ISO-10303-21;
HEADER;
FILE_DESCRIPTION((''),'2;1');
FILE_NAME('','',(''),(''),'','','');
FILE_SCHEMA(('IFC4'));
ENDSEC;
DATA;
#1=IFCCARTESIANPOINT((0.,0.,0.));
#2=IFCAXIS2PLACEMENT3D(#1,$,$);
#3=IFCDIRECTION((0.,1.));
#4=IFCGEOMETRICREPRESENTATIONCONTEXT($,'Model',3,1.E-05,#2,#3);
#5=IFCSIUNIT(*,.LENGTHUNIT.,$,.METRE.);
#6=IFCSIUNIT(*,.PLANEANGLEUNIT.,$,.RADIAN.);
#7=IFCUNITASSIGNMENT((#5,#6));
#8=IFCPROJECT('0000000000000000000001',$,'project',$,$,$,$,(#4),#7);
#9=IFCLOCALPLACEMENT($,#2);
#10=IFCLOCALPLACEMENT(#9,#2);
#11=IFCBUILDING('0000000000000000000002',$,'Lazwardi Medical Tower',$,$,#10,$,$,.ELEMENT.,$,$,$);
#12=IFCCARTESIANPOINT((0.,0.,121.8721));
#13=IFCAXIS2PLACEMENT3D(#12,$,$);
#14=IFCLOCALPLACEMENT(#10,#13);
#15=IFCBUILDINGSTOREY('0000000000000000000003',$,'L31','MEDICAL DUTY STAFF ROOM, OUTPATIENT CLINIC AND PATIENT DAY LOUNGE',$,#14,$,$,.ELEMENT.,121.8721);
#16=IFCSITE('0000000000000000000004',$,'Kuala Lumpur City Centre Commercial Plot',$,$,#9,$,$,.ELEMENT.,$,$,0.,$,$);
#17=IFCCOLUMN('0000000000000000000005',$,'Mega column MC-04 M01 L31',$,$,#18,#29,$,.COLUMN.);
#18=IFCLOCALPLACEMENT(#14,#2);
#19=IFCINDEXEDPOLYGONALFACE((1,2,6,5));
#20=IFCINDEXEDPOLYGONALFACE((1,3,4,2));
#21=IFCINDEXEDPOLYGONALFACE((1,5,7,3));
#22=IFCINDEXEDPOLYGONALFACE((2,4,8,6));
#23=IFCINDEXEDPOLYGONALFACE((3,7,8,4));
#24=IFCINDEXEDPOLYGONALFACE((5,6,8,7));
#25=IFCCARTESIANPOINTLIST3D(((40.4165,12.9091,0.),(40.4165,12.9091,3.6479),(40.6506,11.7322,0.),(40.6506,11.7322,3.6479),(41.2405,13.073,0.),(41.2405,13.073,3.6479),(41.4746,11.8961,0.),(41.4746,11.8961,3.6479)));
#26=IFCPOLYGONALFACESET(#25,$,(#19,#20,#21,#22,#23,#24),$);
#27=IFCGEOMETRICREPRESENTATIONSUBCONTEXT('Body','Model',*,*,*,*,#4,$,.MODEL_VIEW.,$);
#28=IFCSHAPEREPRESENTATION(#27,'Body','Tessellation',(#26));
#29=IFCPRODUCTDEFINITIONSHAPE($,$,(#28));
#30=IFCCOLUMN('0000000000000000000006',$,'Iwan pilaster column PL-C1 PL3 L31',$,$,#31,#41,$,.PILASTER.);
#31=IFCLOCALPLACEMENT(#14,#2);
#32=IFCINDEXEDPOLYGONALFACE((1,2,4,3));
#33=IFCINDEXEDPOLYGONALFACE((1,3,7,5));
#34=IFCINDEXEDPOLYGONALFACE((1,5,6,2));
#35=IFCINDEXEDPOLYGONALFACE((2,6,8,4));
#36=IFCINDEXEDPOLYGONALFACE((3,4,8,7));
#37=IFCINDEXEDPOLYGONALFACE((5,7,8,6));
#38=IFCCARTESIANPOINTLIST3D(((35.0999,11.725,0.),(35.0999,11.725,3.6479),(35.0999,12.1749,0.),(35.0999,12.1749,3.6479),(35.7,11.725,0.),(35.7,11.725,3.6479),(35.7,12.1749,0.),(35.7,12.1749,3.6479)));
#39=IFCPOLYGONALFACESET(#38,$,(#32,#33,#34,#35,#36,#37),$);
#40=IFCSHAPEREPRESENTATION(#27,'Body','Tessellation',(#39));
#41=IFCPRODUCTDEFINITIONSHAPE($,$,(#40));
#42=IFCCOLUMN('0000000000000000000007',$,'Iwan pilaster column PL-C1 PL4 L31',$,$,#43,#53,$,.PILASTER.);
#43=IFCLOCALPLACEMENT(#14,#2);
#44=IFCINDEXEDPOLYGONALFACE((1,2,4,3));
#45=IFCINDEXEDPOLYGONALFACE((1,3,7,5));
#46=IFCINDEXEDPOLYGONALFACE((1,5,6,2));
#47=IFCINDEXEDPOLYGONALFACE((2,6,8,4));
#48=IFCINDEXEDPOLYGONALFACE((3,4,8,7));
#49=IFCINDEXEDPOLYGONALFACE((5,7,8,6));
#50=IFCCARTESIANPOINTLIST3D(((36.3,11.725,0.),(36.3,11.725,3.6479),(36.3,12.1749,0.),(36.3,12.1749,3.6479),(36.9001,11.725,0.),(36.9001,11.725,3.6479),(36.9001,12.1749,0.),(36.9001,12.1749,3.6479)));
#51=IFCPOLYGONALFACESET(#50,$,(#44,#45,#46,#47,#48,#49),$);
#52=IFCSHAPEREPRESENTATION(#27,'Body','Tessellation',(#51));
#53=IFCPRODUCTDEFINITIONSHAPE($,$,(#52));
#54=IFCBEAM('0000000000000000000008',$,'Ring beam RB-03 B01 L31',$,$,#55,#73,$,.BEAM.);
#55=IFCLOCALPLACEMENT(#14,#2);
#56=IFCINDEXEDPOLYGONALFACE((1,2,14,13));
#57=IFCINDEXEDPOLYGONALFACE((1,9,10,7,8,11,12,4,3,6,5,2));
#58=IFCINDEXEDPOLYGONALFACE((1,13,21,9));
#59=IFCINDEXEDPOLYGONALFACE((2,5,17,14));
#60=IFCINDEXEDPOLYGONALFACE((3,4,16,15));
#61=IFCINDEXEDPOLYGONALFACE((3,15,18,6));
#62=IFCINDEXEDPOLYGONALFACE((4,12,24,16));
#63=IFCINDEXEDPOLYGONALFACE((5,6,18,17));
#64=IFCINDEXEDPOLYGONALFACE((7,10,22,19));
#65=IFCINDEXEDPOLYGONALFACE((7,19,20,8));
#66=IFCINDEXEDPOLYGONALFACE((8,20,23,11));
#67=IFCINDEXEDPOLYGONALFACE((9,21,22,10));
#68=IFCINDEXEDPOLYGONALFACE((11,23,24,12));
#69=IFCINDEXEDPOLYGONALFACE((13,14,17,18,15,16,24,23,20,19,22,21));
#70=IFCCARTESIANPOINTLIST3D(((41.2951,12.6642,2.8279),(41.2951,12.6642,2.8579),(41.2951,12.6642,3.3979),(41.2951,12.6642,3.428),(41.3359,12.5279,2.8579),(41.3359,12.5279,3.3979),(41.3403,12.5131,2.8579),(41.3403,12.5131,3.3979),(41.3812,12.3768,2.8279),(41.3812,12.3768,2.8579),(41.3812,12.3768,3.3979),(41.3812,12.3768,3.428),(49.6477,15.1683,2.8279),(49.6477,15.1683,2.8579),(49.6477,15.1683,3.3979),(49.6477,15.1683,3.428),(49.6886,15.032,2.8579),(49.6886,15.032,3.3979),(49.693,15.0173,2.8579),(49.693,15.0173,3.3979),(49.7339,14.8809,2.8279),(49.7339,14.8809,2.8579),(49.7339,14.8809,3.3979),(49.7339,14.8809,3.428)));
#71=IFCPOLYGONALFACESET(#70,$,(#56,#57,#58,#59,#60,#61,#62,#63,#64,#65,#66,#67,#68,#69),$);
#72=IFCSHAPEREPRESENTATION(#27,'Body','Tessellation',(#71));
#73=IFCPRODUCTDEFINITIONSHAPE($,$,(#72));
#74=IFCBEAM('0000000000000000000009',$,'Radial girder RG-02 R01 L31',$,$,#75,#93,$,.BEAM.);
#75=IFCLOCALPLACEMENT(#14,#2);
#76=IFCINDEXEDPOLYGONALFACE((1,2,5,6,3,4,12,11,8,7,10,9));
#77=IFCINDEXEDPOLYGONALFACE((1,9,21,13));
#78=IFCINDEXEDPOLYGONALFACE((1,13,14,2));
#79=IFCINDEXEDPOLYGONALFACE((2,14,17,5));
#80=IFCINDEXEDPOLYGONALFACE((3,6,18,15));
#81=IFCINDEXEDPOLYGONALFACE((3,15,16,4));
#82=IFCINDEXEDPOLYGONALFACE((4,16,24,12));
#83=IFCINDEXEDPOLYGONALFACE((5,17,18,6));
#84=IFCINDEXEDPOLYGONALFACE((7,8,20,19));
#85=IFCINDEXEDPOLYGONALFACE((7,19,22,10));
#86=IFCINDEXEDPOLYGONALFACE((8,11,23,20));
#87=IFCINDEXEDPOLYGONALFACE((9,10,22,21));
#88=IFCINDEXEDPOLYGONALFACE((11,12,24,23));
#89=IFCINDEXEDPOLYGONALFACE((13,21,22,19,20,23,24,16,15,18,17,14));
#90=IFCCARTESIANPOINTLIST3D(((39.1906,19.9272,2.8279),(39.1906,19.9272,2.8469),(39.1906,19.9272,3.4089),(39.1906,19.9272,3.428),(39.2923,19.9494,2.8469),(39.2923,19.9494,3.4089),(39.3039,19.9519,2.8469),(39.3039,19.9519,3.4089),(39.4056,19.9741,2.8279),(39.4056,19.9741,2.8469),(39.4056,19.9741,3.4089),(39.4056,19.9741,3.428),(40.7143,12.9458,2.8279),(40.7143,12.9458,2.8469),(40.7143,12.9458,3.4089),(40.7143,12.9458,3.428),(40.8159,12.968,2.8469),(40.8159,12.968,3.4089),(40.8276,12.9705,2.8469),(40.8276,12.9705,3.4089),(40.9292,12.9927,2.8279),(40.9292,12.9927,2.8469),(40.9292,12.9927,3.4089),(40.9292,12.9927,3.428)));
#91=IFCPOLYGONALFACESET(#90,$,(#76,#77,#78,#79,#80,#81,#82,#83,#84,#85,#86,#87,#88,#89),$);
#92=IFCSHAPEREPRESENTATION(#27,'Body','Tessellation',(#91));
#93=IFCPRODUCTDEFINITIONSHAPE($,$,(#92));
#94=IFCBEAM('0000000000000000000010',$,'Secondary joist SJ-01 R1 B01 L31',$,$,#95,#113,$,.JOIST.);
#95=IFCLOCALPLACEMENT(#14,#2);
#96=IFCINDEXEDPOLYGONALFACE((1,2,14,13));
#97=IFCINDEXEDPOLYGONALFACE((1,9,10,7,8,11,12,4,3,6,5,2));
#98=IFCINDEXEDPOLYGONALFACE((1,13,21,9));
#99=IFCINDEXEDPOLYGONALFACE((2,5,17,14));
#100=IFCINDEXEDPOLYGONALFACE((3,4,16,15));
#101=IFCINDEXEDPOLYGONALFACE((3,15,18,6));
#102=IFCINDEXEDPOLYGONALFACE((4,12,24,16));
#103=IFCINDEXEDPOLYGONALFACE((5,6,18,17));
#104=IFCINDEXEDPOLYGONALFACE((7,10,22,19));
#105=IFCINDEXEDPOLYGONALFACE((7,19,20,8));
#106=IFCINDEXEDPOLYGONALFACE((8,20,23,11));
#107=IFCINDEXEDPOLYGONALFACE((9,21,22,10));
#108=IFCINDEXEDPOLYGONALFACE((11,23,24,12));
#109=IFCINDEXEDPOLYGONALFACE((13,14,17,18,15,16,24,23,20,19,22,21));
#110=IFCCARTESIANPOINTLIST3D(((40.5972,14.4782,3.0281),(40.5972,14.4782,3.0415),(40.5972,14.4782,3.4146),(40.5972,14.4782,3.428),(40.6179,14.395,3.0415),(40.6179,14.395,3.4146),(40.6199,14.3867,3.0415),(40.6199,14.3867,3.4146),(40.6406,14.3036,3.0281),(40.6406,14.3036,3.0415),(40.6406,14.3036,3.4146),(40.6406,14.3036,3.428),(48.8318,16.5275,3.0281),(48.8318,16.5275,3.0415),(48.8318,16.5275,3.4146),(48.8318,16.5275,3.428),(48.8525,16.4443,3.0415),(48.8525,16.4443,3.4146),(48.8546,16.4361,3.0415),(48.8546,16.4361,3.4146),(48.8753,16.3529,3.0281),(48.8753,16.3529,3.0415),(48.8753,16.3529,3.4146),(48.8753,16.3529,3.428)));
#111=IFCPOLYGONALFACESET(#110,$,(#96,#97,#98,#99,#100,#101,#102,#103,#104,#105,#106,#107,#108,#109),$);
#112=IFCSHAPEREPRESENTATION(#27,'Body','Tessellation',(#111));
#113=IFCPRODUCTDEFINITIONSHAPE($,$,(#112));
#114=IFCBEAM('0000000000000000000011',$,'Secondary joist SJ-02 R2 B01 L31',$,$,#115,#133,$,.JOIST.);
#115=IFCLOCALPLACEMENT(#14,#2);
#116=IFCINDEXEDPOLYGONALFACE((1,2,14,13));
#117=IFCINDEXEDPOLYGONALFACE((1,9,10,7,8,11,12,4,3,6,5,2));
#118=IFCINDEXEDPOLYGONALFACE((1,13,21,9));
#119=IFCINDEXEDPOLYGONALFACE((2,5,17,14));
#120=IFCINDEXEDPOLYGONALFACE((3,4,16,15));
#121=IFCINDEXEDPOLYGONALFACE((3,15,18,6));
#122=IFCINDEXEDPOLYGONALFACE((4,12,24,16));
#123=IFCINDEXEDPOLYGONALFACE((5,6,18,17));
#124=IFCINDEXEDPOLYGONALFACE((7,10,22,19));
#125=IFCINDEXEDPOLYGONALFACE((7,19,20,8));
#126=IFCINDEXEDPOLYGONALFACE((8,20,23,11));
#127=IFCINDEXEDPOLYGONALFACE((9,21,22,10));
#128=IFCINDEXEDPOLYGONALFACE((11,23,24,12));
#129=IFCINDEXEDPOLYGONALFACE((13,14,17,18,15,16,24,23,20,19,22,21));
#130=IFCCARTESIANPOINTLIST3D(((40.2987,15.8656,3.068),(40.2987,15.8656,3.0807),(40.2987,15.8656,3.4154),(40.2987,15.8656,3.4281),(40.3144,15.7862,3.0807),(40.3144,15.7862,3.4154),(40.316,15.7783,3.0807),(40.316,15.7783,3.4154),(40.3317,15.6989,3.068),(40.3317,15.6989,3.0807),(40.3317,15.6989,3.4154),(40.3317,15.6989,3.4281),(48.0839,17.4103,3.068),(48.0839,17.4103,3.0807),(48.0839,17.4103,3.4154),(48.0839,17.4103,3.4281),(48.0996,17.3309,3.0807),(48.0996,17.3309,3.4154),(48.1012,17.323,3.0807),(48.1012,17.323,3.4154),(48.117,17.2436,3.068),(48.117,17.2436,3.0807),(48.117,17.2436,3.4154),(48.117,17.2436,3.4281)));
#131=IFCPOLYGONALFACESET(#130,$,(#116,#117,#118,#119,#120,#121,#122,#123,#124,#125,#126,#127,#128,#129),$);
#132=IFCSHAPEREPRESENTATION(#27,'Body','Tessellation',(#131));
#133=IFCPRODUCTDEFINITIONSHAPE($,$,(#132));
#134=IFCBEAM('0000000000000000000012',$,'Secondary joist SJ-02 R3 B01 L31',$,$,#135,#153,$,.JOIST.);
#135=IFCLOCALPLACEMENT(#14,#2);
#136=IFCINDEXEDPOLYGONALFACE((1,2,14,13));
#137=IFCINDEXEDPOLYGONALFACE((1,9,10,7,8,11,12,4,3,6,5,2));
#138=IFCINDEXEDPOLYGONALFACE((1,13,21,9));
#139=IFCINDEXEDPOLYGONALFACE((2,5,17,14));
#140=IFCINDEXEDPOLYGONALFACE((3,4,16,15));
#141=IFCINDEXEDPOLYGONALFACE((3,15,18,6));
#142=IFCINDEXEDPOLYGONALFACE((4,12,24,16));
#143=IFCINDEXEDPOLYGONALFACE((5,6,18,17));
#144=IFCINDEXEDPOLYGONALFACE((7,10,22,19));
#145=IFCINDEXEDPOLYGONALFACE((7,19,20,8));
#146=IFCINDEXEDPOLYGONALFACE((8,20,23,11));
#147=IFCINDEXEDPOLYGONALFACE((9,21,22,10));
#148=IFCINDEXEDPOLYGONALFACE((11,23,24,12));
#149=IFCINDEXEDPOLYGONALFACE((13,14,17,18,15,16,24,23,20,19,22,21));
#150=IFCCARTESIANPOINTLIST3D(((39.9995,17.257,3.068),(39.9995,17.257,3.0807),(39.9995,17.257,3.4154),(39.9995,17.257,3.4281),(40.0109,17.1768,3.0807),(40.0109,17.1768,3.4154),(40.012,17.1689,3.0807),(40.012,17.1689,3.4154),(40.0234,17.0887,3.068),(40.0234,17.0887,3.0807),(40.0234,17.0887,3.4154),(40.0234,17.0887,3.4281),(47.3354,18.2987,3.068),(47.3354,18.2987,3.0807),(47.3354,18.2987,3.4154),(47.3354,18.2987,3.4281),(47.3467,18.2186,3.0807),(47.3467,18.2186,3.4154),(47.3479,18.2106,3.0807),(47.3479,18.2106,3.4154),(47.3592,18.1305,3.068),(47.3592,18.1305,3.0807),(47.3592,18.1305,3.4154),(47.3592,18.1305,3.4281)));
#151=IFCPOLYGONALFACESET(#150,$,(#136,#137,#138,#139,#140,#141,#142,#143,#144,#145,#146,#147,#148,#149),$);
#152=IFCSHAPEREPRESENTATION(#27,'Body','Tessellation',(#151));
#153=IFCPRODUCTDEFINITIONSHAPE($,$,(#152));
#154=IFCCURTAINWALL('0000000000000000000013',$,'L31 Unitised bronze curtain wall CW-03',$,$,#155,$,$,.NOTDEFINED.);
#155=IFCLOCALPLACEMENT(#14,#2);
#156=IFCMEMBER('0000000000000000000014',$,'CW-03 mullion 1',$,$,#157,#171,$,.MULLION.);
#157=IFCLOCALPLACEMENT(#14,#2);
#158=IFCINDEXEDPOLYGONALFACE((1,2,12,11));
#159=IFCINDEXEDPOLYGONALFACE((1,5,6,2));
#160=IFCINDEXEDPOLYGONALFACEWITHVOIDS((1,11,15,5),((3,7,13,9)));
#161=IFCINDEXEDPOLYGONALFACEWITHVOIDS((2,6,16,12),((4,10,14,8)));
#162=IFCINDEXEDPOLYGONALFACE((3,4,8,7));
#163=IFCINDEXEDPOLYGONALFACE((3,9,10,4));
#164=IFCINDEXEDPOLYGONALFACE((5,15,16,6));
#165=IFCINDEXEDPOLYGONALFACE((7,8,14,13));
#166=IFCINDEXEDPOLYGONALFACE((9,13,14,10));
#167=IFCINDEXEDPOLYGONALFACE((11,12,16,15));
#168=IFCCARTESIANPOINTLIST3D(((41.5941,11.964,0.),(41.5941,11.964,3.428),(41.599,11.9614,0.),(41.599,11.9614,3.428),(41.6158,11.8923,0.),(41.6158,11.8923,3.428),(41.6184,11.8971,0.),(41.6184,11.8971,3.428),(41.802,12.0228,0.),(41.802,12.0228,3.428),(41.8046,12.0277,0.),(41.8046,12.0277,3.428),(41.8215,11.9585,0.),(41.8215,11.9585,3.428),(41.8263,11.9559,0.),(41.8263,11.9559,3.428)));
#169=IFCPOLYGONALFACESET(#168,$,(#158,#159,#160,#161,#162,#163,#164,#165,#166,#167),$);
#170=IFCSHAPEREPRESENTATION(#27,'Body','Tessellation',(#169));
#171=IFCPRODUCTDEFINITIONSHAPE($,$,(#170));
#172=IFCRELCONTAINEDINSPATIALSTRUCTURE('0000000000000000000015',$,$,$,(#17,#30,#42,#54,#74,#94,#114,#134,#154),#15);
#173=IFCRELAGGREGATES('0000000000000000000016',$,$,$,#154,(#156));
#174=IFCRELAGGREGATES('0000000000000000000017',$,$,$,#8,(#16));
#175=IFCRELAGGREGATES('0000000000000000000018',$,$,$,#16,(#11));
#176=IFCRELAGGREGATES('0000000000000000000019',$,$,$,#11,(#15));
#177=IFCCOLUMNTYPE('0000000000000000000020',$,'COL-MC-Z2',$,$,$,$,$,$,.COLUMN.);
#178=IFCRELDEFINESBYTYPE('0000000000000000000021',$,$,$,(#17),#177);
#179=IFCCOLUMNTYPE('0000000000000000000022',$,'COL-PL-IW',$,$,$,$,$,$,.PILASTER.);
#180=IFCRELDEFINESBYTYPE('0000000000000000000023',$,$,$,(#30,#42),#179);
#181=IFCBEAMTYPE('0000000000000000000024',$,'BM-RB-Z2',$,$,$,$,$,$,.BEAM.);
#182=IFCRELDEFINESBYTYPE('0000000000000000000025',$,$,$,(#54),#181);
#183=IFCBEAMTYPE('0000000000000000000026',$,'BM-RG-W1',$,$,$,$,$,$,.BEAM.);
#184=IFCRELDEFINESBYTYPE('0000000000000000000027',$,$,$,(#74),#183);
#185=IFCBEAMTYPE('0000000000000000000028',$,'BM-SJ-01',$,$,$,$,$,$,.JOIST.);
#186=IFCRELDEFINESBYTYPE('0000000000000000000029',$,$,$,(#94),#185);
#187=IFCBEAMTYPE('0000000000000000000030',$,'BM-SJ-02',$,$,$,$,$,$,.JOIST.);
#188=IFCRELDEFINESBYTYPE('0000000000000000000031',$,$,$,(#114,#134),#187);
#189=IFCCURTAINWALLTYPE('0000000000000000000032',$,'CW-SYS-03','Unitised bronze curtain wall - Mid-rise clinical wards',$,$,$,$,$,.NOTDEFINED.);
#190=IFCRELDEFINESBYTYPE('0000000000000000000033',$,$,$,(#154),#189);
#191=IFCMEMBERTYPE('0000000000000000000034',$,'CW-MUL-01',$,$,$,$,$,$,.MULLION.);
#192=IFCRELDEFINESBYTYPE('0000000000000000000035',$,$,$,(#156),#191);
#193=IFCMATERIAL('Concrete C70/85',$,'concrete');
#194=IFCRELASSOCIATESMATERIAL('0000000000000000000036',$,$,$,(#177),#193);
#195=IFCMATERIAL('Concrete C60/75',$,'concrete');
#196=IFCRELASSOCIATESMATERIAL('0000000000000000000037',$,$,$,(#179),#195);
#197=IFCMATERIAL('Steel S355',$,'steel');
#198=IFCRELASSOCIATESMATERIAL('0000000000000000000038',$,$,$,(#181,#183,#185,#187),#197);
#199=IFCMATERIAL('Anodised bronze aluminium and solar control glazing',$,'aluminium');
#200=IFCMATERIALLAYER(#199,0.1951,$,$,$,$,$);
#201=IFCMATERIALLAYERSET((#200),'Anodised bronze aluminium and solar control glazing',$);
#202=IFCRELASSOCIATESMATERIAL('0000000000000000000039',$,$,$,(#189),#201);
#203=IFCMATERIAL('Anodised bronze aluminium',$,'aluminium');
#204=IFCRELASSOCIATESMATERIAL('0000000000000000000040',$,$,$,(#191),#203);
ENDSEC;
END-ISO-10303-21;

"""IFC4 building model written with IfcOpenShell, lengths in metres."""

from ifc_helpers import new_model, si_unit, direction, frame, origin, origin_2d, place, context, subcontext, project, spatial, rectangle, hollow_rectangle, i_section, extrude, material, layer, layer_set, material_profile, profile_set, type_object, element, aggregate, save


model = new_model("IFC4")

# Units and contexts
model_context = context("Model", 3, precision=1e-05, world=origin(), true_north=direction((0.0, 1.0)))
body_context = subcontext(model_context, "Body", "Model", "MODEL_VIEW")
ifc_project = project(units=[si_unit("LENGTHUNIT", "METRE"), si_unit("PLANEANGLEUNIT", "RADIAN")], contexts=[model_context])

# Site, building, storey
site_placement = place(None, origin())
site = spatial("IfcSite", under=ifc_project, at=site_placement, Name="Kuala Lumpur City Centre Commercial Plot", CompositionType="ELEMENT", RefElevation=0.0)
building_placement = place(site_placement, origin())
building = spatial("IfcBuilding", under=site, at=building_placement, Name="Lazwardi Medical Tower", CompositionType="ELEMENT")
storey_placement = place(building_placement, frame((0.0, 0.0, 121.8721)))
storey = spatial("IfcBuildingStorey", under=building, at=storey_placement, Name="L31", Description="MEDICAL DUTY STAFF ROOM, OUTPATIENT CLINIC AND PATIENT DAY LOUNGE", CompositionType="ELEMENT", Elevation=121.8721)

# Columns
ifc_material_1 = material(Name="Concrete C70/85", Category="concrete")
ifc_material_profile_1 = material_profile(ifc_material_1, rectangle(XDim=1.2, YDim=0.8401, at=origin_2d()), Name="CFT-RECT 1200x840")
ifc_profile_set_1 = profile_set([ifc_material_profile_1], Name="Concrete C70/85")
column_type_1 = type_object("IfcColumnType", Name="COL-MC-Z2", PredefinedType="COLUMN", material=ifc_profile_set_1)
column_placement = place(storey_placement, frame((40.9456, 12.4026, 0.0), z_axis=(0.0, 0.0, 1.0), x_axis=(0.19509, -0.980785, 0.0)))
element("IfcColumn", 1, at=column_placement, inside=storey, type_object=column_type_1, Name="Mega column MC-04 M01 L31", PredefinedType="COLUMN", context=body_context, shape_type="SweptSolid", body=[
    extrude(rectangle(XDim=1.2, YDim=0.8401, at=origin_2d()), origin(), (0.0, 0.0, 1.0), 3.6479),
])
ifc_material_2 = material(Name="Concrete C60/75", Category="concrete")
ifc_material_profile_2 = material_profile(ifc_material_2, rectangle(XDim=0.6001, YDim=0.45, at=origin_2d()), Name="RC 600x450")
ifc_profile_set_2 = profile_set([ifc_material_profile_2], Name="Concrete C60/75")
column_type_2 = type_object("IfcColumnType", Name="COL-PL-IW", PredefinedType="PILASTER", material=ifc_profile_set_2)
for number, where, z_axis, x_axis, name in (
    (2, (35.3999, 11.95, 0.0), (0.0, 0.0, 1.0), (1.0, 0.0, 0.0), "Iwan pilaster column PL-C1 PL3 L31"),
    (3, (36.6001, 11.95, 0.0), (0.0, 0.0, 1.0), (1.0, 0.0, 0.0), "Iwan pilaster column PL-C1 PL4 L31"),
):
    element("IfcColumn", number, at=place(storey_placement, frame(where, z_axis=z_axis, x_axis=x_axis)), inside=storey, type_object=column_type_2, Name=name, PredefinedType="PILASTER", context=body_context, shape_type="SweptSolid", body=[
        extrude(rectangle(XDim=0.6001, YDim=0.45, at=origin_2d()), origin(), (0.0, 0.0, 1.0), 3.6479),
    ])

# Beams
ifc_material_3 = material(Name="Steel S355", Category="steel")
ifc_material_profile_3 = material_profile(ifc_material_3, i_section(OverallWidth=0.3, OverallDepth=0.6001, WebThickness=0.0154, FlangeThickness=0.03, at=origin_2d()), Name="HEB 600")
ifc_profile_set_3 = profile_set([ifc_material_profile_3], Name="Steel S355")
beam_type_1 = type_object("IfcBeamType", Name="BM-RB-Z2", PredefinedType="BEAM", material=ifc_profile_set_3)
beam_1_placement = place(storey_placement, frame((41.3381, 12.5205, 3.1279), z_axis=(0.957879, 0.287171, 0.0), x_axis=(-0.287171, 0.957879, 0.0)))
element("IfcBeam", 4, at=beam_1_placement, inside=storey, type_object=beam_type_1, Name="Ring beam RB-03 B01 L31", PredefinedType="BEAM", context=body_context, shape_type="SweptSolid", body=[
    extrude(i_section(OverallWidth=0.3, OverallDepth=0.6001, WebThickness=0.0154, FlangeThickness=0.03, at=origin_2d()), origin(), (0.0, 0.0, 1.0), 8.72),
])
ifc_material_profile_4 = material_profile(ifc_material_3, i_section(OverallWidth=0.22, OverallDepth=0.6001, WebThickness=0.012, FlangeThickness=0.019, at=origin_2d()), Name="IPE 600")
ifc_profile_set_4 = profile_set([ifc_material_profile_4], Name="Steel S355")
beam_type_2 = type_object("IfcBeamType", Name="BM-RG-W1", PredefinedType="BEAM", material=ifc_profile_set_4)
beam_2_placement = place(storey_placement, frame((40.8218, 12.9692, 3.1279), z_axis=(-0.213228, 0.977002, 0.0), x_axis=(-0.977002, -0.213228, 0.0)))
element("IfcBeam", 5, at=beam_2_placement, inside=storey, type_object=beam_type_2, Name="Radial girder RG-02 R01 L31", PredefinedType="BEAM", context=body_context, shape_type="SweptSolid", body=[
    extrude(i_section(OverallWidth=0.22, OverallDepth=0.6001, WebThickness=0.012, FlangeThickness=0.019, at=origin_2d()), origin(), (0.0, 0.0, 1.0), 7.1458),
])
ifc_material_profile_5 = material_profile(ifc_material_3, i_section(OverallWidth=0.1799, OverallDepth=0.3999, WebThickness=0.0085, FlangeThickness=0.0134, at=origin_2d()), Name="IPE 400")
ifc_profile_set_5 = profile_set([ifc_material_profile_5], Name="Steel S355")
beam_type_3 = type_object("IfcBeamType", Name="BM-SJ-01", PredefinedType="JOIST", material=ifc_profile_set_5)
beam_3_placement = place(storey_placement, frame((40.6189, 14.3909, 3.228), z_axis=(0.970401, 0.2415, 0.0), x_axis=(-0.2415, 0.970401, 0.0)))
element("IfcBeam", 6, at=beam_3_placement, inside=storey, type_object=beam_type_3, Name="Secondary joist SJ-01 R1 B01 L31", PredefinedType="JOIST", context=body_context, shape_type="SweptSolid", body=[
    extrude(i_section(OverallWidth=0.1799, OverallDepth=0.3999, WebThickness=0.0085, FlangeThickness=0.0134, at=origin_2d()), origin(), (0.0, 0.0, 1.0), 8.4858),
])
ifc_material_profile_6 = material_profile(ifc_material_3, i_section(OverallWidth=0.1699, OverallDepth=0.3601, WebThickness=0.0081, FlangeThickness=0.0127, at=origin_2d()), Name="IPE 360")
ifc_profile_set_6 = profile_set([ifc_material_profile_6], Name="Steel S355")
beam_type_4 = type_object("IfcBeamType", Name="BM-SJ-02", PredefinedType="JOIST", material=ifc_profile_set_6)
beam_4_placement = place(storey_placement, frame((40.3152, 15.7822, 3.248), z_axis=(0.980879, 0.194619, 0.0), x_axis=(-0.194619, 0.980879, 0.0)))
element("IfcBeam", 7, at=beam_4_placement, inside=storey, type_object=beam_type_4, Name="Secondary joist SJ-02 R2 B01 L31", PredefinedType="JOIST", context=body_context, shape_type="SweptSolid", body=[
    extrude(i_section(OverallWidth=0.1699, OverallDepth=0.3601, WebThickness=0.0081, FlangeThickness=0.0127, at=origin_2d()), origin(), (0.0, 0.0, 1.0), 7.937),
])
beam_5_placement = place(storey_placement, frame((40.0115, 17.1729, 3.248), z_axis=(0.990067, 0.140596, 0.0), x_axis=(-0.140596, 0.990067, 0.0)))
element("IfcBeam", 8, at=beam_5_placement, inside=storey, type_object=beam_type_4, Name="Secondary joist SJ-02 R3 B01 L31", PredefinedType="JOIST", context=body_context, shape_type="SweptSolid", body=[
    extrude(i_section(OverallWidth=0.1699, OverallDepth=0.3601, WebThickness=0.0081, FlangeThickness=0.0127, at=origin_2d()), origin(), (0.0, 0.0, 1.0), 7.4094),
])

# Curtain wall, member
ifc_material_4 = material(Name="Anodised bronze aluminium and solar control glazing", Category="aluminium")
ifc_layer_1 = layer(ifc_material_4, 0.1951)
ifc_layer_set_1 = layer_set([ifc_layer_1], Name="Anodised bronze aluminium and solar control glazing")
curtain_wall_type = type_object("IfcCurtainWallType", Name="CW-SYS-03", Description="Unitised bronze curtain wall - Mid-rise clinical wards", PredefinedType="NOTDEFINED", material=ifc_layer_set_1)
curtain_wall_placement = place(storey_placement, origin())
curtain_wall = element("IfcCurtainWall", 9, at=curtain_wall_placement, inside=storey, type_object=curtain_wall_type, Name="L31 Unitised bronze curtain wall CW-03", PredefinedType="NOTDEFINED")
ifc_material_5 = material(Name="Anodised bronze aluminium", Category="aluminium")
ifc_material_profile_7 = material_profile(ifc_material_5, hollow_rectangle(XDim=0.075, YDim=0.22, WallThickness=0.0039, at=origin_2d()), Name="ALU-MULLION 220x75x4")
ifc_profile_set_7 = profile_set([ifc_material_profile_7], Name="Anodised bronze aluminium")
member_type_1 = type_object("IfcMemberType", Name="CW-MUL-01", PredefinedType="MULLION", material=ifc_profile_set_7)
member_1_placement = place(storey_placement, frame((41.7102, 11.96, 0.0), z_axis=(0.0, 0.0, 1.0), x_axis=(-0.289374, 0.957216, 0.0)))
member_1 = element("IfcMember", 10, at=member_1_placement, type_object=member_type_1, Name="CW-03 mullion 1", PredefinedType="MULLION", context=body_context, shape_type="SweptSolid", body=[
    extrude(hollow_rectangle(XDim=0.075, YDim=0.22, WallThickness=0.0039, at=origin_2d()), origin(), (0.0, 0.0, 1.0), 3.428),
])
aggregate(curtain_wall, [member_1])

save(model, "model.ifc")
